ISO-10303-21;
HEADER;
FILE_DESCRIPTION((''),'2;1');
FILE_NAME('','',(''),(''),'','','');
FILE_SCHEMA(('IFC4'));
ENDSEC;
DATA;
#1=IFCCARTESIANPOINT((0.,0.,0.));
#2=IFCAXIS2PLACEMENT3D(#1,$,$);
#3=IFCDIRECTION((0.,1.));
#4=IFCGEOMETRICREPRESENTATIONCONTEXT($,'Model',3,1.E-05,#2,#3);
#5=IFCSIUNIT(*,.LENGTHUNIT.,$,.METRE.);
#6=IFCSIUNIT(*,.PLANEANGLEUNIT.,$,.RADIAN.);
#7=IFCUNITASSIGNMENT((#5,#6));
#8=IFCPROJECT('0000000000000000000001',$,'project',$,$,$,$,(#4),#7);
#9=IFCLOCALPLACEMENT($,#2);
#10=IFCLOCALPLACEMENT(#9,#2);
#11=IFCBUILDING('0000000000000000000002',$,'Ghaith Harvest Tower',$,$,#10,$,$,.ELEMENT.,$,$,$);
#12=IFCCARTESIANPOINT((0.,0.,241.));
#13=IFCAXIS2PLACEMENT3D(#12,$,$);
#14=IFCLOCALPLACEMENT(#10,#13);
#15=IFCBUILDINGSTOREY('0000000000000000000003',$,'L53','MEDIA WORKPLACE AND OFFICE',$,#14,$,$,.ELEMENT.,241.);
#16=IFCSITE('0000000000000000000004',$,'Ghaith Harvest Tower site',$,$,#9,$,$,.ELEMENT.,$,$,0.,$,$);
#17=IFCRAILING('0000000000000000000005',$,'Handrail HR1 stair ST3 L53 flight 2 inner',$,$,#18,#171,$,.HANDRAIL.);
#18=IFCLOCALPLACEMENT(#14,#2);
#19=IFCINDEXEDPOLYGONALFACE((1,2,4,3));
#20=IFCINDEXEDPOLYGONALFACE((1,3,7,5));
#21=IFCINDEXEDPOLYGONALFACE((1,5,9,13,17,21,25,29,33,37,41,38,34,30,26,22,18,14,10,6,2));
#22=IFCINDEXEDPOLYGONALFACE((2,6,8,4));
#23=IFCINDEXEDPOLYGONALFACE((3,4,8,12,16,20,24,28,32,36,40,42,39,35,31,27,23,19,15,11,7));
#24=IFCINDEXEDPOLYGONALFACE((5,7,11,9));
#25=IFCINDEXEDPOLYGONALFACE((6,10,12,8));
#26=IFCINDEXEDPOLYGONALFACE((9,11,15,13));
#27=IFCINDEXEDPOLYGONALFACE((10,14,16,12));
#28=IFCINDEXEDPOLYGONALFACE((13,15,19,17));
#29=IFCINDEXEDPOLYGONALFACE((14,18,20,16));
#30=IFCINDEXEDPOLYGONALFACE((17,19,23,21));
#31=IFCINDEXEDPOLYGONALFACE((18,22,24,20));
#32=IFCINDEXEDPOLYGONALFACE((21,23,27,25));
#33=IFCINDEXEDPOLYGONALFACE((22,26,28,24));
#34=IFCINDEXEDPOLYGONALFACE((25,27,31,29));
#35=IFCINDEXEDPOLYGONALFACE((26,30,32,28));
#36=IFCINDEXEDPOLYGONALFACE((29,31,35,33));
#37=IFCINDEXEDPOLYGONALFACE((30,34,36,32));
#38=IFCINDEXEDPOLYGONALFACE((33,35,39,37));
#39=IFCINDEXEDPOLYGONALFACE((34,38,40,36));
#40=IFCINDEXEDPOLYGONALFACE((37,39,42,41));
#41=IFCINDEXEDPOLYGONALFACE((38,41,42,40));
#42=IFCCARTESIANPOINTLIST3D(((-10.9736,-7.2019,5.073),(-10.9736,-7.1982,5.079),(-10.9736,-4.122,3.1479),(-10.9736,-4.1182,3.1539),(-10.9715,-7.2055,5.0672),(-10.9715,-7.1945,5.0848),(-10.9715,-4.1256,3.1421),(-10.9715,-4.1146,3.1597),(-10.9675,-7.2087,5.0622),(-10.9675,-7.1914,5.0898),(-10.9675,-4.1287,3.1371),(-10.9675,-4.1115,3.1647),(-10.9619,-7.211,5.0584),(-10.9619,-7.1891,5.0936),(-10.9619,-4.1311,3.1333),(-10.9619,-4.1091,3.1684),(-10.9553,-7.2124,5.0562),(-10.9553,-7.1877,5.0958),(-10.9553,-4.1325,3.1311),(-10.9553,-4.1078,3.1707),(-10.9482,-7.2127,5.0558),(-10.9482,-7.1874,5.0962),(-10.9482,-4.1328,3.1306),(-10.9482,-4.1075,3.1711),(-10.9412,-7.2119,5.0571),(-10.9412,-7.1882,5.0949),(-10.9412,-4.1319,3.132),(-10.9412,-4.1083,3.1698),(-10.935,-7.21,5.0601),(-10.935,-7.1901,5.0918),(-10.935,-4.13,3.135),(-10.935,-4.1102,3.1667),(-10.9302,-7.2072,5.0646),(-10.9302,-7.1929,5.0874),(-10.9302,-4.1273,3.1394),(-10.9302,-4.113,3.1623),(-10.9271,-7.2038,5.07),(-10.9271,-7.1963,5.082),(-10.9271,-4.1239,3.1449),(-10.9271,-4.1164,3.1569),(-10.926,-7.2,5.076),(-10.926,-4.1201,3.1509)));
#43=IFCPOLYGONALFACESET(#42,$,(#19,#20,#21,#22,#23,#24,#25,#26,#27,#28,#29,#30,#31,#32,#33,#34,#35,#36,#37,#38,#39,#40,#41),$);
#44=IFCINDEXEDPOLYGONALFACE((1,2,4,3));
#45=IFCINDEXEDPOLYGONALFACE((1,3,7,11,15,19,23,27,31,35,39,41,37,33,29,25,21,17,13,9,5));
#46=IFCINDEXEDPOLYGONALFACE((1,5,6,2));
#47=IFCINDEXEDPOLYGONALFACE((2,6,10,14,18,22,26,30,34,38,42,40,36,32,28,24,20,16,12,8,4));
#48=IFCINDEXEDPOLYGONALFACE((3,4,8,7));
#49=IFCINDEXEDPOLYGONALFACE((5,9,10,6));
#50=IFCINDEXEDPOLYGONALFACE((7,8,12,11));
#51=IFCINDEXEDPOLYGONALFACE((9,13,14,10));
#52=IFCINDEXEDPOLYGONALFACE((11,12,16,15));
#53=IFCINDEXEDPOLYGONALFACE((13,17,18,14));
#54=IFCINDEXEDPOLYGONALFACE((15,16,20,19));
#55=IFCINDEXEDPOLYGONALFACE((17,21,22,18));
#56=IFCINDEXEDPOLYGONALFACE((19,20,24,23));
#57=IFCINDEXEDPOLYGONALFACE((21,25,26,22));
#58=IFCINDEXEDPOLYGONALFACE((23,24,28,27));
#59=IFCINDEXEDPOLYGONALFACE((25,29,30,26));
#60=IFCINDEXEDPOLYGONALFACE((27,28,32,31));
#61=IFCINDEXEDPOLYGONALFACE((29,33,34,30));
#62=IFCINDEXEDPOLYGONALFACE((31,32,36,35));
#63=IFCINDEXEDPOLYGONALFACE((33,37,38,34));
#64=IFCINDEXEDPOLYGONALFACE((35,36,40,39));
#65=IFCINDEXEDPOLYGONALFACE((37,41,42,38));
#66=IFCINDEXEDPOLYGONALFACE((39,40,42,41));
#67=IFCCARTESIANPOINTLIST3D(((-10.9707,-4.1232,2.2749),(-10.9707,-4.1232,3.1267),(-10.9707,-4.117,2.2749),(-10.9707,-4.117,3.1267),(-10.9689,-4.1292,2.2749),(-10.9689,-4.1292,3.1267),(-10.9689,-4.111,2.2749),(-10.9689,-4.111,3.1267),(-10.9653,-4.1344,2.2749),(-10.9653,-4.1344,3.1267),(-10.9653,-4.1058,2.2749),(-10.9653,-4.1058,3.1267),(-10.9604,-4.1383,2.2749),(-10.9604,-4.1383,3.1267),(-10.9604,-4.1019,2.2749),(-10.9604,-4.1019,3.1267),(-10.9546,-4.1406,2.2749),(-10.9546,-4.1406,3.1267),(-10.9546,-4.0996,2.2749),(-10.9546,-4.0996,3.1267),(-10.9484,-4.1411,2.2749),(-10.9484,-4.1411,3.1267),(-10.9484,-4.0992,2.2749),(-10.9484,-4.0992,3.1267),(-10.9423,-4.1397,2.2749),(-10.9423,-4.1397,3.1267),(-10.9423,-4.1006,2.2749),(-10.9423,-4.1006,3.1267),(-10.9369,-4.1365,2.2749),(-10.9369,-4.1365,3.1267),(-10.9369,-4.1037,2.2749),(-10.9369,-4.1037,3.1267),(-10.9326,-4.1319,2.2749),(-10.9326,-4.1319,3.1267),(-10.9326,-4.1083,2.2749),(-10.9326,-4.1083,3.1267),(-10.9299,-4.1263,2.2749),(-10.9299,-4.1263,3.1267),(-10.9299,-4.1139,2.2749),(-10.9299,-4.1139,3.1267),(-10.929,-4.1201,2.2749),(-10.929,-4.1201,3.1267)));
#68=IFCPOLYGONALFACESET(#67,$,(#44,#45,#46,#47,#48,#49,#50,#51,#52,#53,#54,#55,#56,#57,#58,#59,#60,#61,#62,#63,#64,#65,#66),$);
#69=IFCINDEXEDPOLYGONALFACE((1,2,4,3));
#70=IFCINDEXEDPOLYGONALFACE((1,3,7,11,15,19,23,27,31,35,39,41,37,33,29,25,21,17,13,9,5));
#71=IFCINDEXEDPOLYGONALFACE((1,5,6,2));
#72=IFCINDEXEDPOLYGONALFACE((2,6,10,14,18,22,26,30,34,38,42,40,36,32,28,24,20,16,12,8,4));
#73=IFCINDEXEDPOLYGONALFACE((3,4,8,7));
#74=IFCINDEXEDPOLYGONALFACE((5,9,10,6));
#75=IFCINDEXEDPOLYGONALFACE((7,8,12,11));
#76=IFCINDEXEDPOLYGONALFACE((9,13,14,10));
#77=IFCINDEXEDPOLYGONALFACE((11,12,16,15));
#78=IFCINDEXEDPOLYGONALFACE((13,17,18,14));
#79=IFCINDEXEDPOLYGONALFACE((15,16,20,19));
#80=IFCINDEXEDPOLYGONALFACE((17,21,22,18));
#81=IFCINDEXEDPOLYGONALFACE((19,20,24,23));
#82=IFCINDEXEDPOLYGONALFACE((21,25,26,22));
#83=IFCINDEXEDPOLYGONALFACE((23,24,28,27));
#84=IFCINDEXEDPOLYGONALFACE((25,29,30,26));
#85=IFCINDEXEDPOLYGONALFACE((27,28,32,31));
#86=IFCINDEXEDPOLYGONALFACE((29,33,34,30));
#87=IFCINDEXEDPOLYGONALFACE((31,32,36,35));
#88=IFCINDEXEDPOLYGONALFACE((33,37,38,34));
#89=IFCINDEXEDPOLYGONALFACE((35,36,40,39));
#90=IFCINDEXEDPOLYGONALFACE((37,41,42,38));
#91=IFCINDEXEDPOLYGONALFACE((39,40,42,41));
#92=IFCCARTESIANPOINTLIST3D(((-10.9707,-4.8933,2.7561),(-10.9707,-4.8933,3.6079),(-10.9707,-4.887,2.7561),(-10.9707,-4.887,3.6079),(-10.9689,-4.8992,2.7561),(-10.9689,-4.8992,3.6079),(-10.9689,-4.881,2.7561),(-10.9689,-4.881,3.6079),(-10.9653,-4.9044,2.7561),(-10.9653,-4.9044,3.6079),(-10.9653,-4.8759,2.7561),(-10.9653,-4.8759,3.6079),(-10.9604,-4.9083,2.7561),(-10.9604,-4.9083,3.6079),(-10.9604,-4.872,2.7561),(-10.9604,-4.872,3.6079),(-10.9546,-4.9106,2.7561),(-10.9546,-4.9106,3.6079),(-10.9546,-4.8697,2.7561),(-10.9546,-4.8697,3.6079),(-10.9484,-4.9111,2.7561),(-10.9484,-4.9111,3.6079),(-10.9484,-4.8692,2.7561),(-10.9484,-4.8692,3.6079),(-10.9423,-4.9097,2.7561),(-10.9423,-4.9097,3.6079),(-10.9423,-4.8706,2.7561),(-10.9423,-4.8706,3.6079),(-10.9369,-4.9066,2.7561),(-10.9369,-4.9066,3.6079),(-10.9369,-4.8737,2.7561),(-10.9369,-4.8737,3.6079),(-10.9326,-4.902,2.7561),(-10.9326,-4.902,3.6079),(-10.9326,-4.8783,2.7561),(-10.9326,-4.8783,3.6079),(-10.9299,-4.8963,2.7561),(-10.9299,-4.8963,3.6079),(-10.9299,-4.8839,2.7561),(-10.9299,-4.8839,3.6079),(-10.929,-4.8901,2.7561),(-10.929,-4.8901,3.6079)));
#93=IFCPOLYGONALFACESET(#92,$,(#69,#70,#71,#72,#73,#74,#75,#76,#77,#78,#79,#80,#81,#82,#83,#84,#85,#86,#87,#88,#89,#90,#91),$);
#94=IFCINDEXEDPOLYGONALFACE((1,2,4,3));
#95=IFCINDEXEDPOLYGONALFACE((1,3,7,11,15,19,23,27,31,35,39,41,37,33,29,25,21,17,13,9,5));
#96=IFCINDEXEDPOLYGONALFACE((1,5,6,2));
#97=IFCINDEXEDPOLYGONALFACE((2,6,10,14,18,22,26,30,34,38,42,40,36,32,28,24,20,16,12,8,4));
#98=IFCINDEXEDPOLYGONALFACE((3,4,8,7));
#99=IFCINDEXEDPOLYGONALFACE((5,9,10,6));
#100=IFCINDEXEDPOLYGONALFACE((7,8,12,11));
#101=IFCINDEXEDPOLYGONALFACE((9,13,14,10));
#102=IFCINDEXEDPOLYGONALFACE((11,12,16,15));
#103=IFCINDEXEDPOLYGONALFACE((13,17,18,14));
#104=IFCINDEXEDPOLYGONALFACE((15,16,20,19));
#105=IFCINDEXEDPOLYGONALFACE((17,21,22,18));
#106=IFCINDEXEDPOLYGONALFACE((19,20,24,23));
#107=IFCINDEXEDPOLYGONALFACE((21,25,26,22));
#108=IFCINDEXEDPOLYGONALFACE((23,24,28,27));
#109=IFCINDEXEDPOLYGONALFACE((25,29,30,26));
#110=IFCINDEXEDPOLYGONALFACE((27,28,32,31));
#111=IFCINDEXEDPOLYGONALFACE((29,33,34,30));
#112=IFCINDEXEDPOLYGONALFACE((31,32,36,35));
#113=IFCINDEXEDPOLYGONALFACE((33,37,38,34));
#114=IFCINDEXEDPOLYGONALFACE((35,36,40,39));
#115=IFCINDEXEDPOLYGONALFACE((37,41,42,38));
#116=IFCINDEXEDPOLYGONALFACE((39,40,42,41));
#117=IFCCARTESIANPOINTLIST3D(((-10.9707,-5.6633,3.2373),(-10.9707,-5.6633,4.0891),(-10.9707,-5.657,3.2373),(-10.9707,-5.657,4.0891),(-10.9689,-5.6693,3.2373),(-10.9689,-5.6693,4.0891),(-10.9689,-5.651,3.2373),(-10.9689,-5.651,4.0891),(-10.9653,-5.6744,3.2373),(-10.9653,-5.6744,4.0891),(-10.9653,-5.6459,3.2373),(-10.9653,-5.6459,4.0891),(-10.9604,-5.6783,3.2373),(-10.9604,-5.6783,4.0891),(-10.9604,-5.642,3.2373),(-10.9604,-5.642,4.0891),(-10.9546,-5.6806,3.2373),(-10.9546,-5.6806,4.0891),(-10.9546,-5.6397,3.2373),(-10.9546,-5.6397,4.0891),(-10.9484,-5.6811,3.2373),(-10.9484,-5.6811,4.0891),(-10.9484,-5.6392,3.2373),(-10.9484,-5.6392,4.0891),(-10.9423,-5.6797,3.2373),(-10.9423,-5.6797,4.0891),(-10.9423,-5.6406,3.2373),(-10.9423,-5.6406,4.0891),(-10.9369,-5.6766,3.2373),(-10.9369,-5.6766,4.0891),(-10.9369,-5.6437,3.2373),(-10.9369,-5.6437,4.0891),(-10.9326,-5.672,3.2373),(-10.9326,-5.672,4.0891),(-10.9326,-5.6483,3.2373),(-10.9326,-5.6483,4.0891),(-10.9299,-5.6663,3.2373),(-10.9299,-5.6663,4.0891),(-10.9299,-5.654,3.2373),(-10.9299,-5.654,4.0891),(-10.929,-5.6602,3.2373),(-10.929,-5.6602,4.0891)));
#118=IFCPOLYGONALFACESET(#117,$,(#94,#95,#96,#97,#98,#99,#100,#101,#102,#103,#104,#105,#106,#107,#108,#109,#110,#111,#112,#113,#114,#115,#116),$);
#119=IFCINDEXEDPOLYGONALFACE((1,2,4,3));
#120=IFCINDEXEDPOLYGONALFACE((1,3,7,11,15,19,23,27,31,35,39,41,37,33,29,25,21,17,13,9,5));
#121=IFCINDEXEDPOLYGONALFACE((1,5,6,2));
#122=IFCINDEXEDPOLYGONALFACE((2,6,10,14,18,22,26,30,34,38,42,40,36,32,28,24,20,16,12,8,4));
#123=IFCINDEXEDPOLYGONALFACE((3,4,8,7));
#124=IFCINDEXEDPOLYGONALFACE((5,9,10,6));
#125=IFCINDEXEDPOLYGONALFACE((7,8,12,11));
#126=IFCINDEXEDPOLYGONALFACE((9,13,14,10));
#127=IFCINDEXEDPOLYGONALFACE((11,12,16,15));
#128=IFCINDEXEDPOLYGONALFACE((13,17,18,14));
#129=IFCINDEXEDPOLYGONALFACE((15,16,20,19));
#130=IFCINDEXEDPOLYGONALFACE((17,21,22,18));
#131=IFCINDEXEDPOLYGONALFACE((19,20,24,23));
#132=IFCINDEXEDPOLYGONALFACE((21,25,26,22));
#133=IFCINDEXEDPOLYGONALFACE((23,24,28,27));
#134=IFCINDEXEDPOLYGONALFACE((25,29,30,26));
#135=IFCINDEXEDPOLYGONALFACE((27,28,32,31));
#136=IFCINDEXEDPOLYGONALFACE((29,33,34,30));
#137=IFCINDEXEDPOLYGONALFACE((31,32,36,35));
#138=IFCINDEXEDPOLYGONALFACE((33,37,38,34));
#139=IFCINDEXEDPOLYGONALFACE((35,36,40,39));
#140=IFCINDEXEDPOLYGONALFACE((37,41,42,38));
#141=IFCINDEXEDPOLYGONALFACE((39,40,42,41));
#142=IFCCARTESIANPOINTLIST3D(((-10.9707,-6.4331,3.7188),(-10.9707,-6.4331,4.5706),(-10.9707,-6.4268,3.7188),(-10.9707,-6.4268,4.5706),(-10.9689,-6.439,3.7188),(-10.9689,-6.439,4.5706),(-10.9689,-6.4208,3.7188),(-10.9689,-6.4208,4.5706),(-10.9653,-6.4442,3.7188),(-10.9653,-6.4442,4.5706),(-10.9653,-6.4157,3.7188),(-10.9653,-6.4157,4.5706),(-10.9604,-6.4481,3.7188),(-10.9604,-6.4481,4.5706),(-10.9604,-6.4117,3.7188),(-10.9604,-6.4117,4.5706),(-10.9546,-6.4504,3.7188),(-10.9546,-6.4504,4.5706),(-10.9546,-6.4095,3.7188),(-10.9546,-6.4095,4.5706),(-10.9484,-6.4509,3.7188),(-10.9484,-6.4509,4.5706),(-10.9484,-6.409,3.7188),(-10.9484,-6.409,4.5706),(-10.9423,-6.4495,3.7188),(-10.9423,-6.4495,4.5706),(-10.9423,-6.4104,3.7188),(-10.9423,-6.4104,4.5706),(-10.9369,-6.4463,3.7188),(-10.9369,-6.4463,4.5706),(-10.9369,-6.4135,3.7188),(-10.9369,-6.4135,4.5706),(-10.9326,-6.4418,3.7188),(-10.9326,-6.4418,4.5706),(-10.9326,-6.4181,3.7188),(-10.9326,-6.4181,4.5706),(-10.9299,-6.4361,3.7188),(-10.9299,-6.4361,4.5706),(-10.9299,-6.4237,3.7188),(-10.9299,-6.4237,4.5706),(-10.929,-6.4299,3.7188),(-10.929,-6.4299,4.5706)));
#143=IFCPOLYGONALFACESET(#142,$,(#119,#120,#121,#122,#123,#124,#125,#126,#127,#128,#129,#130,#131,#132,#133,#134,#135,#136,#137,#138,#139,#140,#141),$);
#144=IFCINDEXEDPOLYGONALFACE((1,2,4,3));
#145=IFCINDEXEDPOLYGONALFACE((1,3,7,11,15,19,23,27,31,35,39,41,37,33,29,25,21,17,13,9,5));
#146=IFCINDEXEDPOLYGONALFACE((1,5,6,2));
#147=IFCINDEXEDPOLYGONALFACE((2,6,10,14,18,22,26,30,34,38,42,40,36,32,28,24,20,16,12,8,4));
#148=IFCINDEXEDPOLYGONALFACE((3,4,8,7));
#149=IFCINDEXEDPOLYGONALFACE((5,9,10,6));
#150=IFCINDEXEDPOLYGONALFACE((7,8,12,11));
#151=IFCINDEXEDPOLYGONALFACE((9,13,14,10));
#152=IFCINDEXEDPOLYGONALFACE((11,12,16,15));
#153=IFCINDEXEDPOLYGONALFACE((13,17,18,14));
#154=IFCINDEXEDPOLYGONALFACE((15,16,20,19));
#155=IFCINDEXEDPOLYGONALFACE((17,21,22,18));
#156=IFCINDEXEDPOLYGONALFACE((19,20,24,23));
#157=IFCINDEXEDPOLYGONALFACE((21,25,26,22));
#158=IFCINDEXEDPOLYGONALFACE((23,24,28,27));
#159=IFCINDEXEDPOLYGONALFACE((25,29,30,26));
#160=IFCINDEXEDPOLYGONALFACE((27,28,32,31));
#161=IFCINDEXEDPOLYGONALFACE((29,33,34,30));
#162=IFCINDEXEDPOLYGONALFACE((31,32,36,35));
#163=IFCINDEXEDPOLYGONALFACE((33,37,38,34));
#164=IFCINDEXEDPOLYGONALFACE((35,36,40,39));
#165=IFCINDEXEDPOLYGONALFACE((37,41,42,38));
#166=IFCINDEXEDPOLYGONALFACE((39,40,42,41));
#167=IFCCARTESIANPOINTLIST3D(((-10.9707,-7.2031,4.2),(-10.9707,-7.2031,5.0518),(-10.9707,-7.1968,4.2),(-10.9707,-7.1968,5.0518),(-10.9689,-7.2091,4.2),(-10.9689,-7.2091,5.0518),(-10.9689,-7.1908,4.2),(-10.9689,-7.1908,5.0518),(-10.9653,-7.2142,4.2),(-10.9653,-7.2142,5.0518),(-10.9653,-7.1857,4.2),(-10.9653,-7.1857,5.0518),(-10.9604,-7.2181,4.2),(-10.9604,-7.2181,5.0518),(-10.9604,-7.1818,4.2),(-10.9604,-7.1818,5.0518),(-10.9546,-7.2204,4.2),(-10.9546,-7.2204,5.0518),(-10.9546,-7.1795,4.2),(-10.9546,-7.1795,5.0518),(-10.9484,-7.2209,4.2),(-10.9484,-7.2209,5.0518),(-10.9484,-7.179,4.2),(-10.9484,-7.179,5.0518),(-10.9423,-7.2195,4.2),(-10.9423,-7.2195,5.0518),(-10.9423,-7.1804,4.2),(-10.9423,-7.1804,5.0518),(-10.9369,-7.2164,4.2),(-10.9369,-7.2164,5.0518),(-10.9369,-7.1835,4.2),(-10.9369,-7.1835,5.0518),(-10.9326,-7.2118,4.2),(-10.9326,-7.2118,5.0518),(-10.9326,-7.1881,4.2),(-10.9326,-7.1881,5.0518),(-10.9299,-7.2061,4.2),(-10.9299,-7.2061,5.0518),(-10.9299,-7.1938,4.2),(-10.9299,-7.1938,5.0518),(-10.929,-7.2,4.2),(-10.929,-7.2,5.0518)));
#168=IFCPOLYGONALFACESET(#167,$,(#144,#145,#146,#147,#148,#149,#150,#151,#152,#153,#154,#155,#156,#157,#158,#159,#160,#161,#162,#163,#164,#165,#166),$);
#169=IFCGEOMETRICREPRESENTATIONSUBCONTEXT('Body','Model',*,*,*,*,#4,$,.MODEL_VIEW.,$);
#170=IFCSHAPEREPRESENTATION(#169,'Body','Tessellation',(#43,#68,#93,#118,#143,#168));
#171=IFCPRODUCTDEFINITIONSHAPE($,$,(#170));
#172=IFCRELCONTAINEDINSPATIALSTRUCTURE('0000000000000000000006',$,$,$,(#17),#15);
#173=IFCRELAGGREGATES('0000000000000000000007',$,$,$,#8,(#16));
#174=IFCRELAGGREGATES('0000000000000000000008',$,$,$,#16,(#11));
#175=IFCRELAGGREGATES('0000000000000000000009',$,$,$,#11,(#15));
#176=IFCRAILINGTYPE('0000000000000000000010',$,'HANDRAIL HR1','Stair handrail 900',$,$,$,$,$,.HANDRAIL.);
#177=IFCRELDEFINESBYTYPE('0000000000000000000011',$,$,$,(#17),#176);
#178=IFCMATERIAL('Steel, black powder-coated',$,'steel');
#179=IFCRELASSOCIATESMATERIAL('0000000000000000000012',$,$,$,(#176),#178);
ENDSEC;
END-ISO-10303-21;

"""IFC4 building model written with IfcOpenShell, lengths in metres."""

from ifc_helpers import new_model, si_unit, direction, frame, origin, origin_2d, place, context, subcontext, project, spatial, circle, extrude, material, type_object, element, save


model = new_model("IFC4")

# Units and contexts
model_context = context("Model", 3, precision=1e-05, world=origin(), true_north=direction((0.0, 1.0)))
body_context = subcontext(model_context, "Body", "Model", "MODEL_VIEW")
ifc_project = project(units=[si_unit("LENGTHUNIT", "METRE"), si_unit("PLANEANGLEUNIT", "RADIAN")], contexts=[model_context])

# Site, building, storey
site_placement = place(None, origin())
site = spatial("IfcSite", under=ifc_project, at=site_placement, Name="Ghaith Harvest Tower site", CompositionType="ELEMENT", RefElevation=0.0)
building_placement = place(site_placement, origin())
building = spatial("IfcBuilding", under=site, at=building_placement, Name="Ghaith Harvest Tower", CompositionType="ELEMENT")
storey_placement = place(building_placement, frame((0.0, 0.0, 241.0)))
storey = spatial("IfcBuildingStorey", under=building, at=storey_placement, Name="L53", Description="MEDIA WORKPLACE AND OFFICE", CompositionType="ELEMENT", Elevation=241.0)

# Railing
ifc_material_1 = material(Name="Steel, black powder-coated", Category="steel")
railing_type = type_object("IfcRailingType", Name="HANDRAIL HR1", Description="Stair handrail 900", PredefinedType="HANDRAIL", material=ifc_material_1)
railing_1_placement = place(storey_placement, frame((-10.95, -4.1201, 2.2749)))
element("IfcRailing", 1, at=railing_1_placement, inside=storey, type_object=railing_type, Name="Handrail HR1 stair ST3 L53 flight 2 inner", PredefinedType="HANDRAIL", context=body_context, shape_type="SweptSolid", body=[
    extrude(circle(Radius=0.0239, at=origin_2d()), frame((0.0, 0.0, 0.876), z_axis=(0.0, -0.847979, 0.530029), x_axis=(1.0, 0.0, 0.0)), (0.0, 0.0, 1.0), 3.6321),
    extrude(circle(Radius=0.021, at=origin_2d()), origin(), (0.0, 0.0, 1.0), 0.8518),
    extrude(circle(Radius=0.021, at=origin_2d()), frame((0.0, -0.77, 0.4812)), (0.0, 0.0, 1.0), 0.8518),
    extrude(circle(Radius=0.021, at=origin_2d()), frame((0.0, -1.54, 0.9624)), (0.0, 0.0, 1.0), 0.8518),
    extrude(circle(Radius=0.021, at=origin_2d()), frame((0.0, -2.3098, 1.4438)), (0.0, 0.0, 1.0), 0.8518),
    extrude(circle(Radius=0.021, at=origin_2d()), frame((0.0, -3.0798, 1.925)), (0.0, 0.0, 1.0), 0.8518),
])

save(model, "model.ifc")
